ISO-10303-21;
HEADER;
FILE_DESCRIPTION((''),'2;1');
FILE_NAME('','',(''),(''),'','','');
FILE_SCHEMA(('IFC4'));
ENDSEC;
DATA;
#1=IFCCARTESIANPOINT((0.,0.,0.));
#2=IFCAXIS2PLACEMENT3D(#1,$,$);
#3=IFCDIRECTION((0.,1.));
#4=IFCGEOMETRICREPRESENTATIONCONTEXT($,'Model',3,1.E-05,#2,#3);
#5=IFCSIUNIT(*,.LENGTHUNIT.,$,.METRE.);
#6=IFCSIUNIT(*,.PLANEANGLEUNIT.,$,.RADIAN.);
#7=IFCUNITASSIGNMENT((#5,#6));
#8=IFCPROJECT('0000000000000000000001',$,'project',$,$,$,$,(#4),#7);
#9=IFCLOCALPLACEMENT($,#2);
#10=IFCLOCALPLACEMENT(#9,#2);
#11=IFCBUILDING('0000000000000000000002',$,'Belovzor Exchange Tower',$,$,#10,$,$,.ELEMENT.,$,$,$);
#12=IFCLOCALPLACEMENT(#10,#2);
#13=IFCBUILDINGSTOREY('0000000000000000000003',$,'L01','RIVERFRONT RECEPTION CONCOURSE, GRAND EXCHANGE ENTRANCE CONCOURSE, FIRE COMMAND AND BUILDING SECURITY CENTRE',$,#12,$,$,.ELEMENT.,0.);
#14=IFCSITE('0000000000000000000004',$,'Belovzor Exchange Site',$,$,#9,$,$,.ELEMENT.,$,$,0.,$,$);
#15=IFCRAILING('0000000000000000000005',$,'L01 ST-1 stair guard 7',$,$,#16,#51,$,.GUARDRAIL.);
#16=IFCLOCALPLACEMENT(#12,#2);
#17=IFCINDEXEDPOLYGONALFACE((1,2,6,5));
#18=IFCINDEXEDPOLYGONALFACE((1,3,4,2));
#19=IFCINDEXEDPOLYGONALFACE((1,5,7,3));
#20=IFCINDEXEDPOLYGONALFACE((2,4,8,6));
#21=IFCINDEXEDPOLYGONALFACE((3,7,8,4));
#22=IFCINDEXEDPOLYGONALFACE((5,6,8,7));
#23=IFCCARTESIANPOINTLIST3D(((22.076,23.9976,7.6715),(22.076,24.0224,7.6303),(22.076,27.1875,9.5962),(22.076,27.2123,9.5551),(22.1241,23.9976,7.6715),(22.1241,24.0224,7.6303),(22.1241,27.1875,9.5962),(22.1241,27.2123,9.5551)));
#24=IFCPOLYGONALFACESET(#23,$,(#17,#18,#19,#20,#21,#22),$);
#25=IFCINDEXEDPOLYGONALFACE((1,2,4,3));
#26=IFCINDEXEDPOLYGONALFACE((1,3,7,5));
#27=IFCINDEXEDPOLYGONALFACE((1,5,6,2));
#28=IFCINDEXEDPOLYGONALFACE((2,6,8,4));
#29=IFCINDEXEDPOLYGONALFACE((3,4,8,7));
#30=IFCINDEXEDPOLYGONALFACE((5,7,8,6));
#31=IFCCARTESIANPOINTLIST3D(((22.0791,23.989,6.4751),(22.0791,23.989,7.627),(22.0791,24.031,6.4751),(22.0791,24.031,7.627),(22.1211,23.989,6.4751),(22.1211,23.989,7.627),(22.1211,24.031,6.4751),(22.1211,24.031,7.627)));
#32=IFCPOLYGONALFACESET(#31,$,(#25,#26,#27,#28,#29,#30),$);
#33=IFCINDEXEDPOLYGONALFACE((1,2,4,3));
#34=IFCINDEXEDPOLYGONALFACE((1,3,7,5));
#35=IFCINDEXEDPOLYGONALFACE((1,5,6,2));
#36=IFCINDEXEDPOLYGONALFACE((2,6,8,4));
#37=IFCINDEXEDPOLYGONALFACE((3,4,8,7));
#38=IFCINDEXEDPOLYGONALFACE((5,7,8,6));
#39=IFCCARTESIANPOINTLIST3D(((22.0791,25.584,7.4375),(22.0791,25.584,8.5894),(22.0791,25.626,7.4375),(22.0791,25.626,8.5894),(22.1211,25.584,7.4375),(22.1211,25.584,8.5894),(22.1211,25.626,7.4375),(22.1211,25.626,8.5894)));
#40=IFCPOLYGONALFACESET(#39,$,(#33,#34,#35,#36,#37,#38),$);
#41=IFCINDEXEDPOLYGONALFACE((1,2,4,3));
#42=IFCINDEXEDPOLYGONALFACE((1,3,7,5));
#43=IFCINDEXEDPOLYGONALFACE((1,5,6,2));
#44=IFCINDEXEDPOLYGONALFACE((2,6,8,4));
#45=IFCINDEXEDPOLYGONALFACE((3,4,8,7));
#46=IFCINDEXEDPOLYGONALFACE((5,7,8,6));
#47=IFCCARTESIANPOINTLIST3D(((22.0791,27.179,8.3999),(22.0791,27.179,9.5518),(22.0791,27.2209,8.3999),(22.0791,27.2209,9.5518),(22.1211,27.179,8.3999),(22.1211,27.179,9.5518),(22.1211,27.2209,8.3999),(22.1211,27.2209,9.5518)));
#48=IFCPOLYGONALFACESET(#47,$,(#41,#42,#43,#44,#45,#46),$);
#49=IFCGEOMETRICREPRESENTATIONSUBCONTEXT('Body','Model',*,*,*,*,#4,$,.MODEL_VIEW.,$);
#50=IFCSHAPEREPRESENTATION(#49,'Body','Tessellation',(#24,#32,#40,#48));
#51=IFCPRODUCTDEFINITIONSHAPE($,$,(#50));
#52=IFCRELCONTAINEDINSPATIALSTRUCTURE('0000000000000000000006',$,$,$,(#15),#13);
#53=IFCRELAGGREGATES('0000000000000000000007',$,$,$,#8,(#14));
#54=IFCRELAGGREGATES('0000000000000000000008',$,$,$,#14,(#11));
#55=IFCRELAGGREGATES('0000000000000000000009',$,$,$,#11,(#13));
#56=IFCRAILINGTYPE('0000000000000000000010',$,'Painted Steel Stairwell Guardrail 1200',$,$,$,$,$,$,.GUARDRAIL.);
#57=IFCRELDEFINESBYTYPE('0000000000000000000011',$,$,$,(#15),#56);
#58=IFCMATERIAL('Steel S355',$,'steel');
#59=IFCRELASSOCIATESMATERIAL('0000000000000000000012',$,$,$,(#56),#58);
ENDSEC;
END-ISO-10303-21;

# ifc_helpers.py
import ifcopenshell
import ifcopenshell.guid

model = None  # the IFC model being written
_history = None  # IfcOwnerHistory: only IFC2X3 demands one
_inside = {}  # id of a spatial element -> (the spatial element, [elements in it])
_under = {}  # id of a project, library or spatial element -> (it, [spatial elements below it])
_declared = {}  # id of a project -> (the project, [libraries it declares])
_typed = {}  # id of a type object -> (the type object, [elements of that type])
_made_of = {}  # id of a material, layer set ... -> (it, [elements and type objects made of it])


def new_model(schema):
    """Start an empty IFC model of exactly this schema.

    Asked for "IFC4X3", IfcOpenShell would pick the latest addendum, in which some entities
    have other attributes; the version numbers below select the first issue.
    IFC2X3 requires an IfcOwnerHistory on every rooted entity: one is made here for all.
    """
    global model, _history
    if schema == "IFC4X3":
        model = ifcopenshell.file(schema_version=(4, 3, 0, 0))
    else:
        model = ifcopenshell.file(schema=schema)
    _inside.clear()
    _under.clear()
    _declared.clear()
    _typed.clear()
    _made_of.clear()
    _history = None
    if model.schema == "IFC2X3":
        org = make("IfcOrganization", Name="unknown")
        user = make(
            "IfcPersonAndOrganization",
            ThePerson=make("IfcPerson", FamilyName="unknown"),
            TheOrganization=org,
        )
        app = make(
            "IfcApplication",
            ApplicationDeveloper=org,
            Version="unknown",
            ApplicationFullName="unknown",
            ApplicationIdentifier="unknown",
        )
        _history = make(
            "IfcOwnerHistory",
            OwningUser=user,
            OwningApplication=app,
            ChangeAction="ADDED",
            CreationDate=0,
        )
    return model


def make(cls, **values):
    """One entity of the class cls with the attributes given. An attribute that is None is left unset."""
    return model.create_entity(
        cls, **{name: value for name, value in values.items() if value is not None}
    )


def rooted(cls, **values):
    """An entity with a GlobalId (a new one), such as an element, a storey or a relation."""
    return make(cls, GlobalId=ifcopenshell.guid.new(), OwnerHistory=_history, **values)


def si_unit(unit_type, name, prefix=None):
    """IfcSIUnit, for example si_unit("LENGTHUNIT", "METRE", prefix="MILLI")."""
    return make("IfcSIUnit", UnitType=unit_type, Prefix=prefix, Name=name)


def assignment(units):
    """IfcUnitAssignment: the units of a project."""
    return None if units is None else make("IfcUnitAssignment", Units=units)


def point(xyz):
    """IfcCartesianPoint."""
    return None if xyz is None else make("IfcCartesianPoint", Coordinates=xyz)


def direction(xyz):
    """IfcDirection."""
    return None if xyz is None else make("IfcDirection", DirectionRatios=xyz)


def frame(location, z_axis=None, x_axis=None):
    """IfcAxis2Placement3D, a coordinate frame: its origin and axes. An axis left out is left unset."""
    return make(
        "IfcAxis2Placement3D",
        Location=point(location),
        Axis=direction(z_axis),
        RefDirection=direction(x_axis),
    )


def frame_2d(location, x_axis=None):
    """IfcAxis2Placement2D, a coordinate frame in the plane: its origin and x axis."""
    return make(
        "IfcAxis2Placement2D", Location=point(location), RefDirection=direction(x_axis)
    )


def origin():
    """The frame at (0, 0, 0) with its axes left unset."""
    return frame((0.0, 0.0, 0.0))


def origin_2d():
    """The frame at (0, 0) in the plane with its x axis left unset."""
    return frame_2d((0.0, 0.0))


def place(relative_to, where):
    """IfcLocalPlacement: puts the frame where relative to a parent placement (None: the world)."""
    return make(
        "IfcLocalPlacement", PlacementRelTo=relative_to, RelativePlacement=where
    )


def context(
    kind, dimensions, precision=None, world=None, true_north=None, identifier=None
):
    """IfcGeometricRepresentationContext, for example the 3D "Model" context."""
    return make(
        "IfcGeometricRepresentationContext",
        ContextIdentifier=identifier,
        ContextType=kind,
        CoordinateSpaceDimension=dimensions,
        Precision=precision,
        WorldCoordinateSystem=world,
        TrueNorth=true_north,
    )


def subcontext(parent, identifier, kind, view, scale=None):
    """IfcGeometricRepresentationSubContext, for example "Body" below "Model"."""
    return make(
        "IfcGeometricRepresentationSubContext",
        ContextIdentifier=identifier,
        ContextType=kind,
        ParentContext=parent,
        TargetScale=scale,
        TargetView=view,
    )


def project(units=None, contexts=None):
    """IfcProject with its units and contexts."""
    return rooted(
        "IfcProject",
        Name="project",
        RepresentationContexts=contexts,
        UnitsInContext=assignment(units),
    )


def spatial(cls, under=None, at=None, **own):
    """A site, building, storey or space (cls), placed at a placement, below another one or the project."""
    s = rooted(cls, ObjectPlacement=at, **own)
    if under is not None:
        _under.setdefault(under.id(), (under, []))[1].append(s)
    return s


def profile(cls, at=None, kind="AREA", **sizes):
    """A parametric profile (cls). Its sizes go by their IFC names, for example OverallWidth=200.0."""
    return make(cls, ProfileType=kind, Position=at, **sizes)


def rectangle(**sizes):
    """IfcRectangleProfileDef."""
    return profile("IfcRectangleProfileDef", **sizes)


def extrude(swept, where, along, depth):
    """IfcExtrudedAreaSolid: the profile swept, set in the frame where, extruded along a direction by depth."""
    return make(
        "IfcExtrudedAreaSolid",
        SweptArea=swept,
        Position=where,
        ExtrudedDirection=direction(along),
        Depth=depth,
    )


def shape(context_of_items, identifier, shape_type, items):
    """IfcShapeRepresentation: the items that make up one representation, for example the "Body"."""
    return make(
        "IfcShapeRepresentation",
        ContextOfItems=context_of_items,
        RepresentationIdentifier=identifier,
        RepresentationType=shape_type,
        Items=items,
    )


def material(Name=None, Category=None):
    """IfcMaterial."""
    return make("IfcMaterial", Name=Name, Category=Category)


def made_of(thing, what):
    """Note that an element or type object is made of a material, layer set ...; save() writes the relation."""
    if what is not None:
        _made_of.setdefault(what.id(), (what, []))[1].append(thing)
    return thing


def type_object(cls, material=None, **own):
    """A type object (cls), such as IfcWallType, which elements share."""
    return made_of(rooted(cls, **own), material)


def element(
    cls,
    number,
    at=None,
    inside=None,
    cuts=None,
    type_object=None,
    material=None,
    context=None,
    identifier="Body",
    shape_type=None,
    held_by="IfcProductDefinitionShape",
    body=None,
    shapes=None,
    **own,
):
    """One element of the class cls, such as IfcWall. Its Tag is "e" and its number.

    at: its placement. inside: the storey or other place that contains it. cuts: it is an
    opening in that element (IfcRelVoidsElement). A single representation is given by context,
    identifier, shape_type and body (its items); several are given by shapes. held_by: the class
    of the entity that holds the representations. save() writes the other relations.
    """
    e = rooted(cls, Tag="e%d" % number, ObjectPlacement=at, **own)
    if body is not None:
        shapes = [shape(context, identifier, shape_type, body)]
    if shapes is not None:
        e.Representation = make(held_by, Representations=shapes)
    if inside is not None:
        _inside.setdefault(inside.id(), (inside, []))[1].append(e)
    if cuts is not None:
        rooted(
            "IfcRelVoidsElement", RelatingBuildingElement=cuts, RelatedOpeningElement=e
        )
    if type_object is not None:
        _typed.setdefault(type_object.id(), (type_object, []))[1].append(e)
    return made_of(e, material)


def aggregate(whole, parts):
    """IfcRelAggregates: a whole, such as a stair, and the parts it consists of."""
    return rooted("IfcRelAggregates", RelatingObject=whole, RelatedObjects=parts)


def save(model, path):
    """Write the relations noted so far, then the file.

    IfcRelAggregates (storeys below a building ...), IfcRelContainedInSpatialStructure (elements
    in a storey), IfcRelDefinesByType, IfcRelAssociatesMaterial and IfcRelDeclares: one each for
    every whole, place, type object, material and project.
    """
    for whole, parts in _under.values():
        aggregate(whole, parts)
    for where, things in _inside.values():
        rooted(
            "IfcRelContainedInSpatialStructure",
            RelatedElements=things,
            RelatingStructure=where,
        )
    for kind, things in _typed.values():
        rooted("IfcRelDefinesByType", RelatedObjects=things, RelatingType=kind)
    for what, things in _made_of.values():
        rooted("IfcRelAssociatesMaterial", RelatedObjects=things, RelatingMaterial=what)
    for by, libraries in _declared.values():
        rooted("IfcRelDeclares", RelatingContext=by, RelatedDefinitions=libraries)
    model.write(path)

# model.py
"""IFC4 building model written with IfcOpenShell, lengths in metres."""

from ifc_helpers import new_model, si_unit, direction, frame, origin, origin_2d, place, context, subcontext, project, spatial, rectangle, extrude, material, type_object, element, save


model = new_model("IFC4")

# Units and contexts
model_context = context("Model", 3, precision=1e-05, world=origin(), true_north=direction((0.0, 1.0)))
body_context = subcontext(model_context, "Body", "Model", "MODEL_VIEW")
ifc_project = project(units=[si_unit("LENGTHUNIT", "METRE"), si_unit("PLANEANGLEUNIT", "RADIAN")], contexts=[model_context])

# Site, building, storey
site_placement = place(None, origin())
site = spatial("IfcSite", under=ifc_project, at=site_placement, Name="Belovzor Exchange Site", CompositionType="ELEMENT", RefElevation=0.0)
building_placement = place(site_placement, origin())
building = spatial("IfcBuilding", under=site, at=building_placement, Name="Belovzor Exchange Tower", CompositionType="ELEMENT")
storey_placement = place(building_placement, origin())
storey = spatial("IfcBuildingStorey", under=building, at=storey_placement, Name="L01", Description="RIVERFRONT RECEPTION CONCOURSE, GRAND EXCHANGE ENTRANCE CONCOURSE, FIRE COMMAND AND BUILDING SECURITY CENTRE", CompositionType="ELEMENT", Elevation=0.0)

# Railing
ifc_material_1 = material(Name="Steel S355", Category="steel")
railing_type_1 = type_object("IfcRailingType", Name="Painted Steel Stairwell Guardrail 1200", PredefinedType="GUARDRAIL", material=ifc_material_1)
railing_1_placement = place(storey_placement, frame((22.1001, 24.01, 6.4751)))
element("IfcRailing", 1, at=railing_1_placement, inside=storey, type_object=railing_type_1, Name="L01 ST-1 stair guard 7", PredefinedType="GUARDRAIL", context=body_context, shape_type="SweptSolid", body=[
    extrude(rectangle(XDim=0.0481, YDim=0.0481, at=origin_2d()), frame((0.0, 0.0, 1.1758), z_axis=(0.0, 0.856207, 0.516633), x_axis=(-1.0, 0.0, 0.0)), (0.0, 0.0, 1.0), 3.7256),
    extrude(rectangle(XDim=0.042, YDim=0.042, at=origin_2d()), origin(), (0.0, 0.0, 1.0), 1.1519),
    extrude(rectangle(XDim=0.042, YDim=0.042, at=origin_2d()), frame((0.0, 1.595, 0.9624)), (0.0, 0.0, 1.0), 1.1519),
    extrude(rectangle(XDim=0.042, YDim=0.042, at=origin_2d()), frame((0.0, 3.1899, 1.9248)), (0.0, 0.0, 1.0), 1.1519),
])

save(model, "model.ifc")
